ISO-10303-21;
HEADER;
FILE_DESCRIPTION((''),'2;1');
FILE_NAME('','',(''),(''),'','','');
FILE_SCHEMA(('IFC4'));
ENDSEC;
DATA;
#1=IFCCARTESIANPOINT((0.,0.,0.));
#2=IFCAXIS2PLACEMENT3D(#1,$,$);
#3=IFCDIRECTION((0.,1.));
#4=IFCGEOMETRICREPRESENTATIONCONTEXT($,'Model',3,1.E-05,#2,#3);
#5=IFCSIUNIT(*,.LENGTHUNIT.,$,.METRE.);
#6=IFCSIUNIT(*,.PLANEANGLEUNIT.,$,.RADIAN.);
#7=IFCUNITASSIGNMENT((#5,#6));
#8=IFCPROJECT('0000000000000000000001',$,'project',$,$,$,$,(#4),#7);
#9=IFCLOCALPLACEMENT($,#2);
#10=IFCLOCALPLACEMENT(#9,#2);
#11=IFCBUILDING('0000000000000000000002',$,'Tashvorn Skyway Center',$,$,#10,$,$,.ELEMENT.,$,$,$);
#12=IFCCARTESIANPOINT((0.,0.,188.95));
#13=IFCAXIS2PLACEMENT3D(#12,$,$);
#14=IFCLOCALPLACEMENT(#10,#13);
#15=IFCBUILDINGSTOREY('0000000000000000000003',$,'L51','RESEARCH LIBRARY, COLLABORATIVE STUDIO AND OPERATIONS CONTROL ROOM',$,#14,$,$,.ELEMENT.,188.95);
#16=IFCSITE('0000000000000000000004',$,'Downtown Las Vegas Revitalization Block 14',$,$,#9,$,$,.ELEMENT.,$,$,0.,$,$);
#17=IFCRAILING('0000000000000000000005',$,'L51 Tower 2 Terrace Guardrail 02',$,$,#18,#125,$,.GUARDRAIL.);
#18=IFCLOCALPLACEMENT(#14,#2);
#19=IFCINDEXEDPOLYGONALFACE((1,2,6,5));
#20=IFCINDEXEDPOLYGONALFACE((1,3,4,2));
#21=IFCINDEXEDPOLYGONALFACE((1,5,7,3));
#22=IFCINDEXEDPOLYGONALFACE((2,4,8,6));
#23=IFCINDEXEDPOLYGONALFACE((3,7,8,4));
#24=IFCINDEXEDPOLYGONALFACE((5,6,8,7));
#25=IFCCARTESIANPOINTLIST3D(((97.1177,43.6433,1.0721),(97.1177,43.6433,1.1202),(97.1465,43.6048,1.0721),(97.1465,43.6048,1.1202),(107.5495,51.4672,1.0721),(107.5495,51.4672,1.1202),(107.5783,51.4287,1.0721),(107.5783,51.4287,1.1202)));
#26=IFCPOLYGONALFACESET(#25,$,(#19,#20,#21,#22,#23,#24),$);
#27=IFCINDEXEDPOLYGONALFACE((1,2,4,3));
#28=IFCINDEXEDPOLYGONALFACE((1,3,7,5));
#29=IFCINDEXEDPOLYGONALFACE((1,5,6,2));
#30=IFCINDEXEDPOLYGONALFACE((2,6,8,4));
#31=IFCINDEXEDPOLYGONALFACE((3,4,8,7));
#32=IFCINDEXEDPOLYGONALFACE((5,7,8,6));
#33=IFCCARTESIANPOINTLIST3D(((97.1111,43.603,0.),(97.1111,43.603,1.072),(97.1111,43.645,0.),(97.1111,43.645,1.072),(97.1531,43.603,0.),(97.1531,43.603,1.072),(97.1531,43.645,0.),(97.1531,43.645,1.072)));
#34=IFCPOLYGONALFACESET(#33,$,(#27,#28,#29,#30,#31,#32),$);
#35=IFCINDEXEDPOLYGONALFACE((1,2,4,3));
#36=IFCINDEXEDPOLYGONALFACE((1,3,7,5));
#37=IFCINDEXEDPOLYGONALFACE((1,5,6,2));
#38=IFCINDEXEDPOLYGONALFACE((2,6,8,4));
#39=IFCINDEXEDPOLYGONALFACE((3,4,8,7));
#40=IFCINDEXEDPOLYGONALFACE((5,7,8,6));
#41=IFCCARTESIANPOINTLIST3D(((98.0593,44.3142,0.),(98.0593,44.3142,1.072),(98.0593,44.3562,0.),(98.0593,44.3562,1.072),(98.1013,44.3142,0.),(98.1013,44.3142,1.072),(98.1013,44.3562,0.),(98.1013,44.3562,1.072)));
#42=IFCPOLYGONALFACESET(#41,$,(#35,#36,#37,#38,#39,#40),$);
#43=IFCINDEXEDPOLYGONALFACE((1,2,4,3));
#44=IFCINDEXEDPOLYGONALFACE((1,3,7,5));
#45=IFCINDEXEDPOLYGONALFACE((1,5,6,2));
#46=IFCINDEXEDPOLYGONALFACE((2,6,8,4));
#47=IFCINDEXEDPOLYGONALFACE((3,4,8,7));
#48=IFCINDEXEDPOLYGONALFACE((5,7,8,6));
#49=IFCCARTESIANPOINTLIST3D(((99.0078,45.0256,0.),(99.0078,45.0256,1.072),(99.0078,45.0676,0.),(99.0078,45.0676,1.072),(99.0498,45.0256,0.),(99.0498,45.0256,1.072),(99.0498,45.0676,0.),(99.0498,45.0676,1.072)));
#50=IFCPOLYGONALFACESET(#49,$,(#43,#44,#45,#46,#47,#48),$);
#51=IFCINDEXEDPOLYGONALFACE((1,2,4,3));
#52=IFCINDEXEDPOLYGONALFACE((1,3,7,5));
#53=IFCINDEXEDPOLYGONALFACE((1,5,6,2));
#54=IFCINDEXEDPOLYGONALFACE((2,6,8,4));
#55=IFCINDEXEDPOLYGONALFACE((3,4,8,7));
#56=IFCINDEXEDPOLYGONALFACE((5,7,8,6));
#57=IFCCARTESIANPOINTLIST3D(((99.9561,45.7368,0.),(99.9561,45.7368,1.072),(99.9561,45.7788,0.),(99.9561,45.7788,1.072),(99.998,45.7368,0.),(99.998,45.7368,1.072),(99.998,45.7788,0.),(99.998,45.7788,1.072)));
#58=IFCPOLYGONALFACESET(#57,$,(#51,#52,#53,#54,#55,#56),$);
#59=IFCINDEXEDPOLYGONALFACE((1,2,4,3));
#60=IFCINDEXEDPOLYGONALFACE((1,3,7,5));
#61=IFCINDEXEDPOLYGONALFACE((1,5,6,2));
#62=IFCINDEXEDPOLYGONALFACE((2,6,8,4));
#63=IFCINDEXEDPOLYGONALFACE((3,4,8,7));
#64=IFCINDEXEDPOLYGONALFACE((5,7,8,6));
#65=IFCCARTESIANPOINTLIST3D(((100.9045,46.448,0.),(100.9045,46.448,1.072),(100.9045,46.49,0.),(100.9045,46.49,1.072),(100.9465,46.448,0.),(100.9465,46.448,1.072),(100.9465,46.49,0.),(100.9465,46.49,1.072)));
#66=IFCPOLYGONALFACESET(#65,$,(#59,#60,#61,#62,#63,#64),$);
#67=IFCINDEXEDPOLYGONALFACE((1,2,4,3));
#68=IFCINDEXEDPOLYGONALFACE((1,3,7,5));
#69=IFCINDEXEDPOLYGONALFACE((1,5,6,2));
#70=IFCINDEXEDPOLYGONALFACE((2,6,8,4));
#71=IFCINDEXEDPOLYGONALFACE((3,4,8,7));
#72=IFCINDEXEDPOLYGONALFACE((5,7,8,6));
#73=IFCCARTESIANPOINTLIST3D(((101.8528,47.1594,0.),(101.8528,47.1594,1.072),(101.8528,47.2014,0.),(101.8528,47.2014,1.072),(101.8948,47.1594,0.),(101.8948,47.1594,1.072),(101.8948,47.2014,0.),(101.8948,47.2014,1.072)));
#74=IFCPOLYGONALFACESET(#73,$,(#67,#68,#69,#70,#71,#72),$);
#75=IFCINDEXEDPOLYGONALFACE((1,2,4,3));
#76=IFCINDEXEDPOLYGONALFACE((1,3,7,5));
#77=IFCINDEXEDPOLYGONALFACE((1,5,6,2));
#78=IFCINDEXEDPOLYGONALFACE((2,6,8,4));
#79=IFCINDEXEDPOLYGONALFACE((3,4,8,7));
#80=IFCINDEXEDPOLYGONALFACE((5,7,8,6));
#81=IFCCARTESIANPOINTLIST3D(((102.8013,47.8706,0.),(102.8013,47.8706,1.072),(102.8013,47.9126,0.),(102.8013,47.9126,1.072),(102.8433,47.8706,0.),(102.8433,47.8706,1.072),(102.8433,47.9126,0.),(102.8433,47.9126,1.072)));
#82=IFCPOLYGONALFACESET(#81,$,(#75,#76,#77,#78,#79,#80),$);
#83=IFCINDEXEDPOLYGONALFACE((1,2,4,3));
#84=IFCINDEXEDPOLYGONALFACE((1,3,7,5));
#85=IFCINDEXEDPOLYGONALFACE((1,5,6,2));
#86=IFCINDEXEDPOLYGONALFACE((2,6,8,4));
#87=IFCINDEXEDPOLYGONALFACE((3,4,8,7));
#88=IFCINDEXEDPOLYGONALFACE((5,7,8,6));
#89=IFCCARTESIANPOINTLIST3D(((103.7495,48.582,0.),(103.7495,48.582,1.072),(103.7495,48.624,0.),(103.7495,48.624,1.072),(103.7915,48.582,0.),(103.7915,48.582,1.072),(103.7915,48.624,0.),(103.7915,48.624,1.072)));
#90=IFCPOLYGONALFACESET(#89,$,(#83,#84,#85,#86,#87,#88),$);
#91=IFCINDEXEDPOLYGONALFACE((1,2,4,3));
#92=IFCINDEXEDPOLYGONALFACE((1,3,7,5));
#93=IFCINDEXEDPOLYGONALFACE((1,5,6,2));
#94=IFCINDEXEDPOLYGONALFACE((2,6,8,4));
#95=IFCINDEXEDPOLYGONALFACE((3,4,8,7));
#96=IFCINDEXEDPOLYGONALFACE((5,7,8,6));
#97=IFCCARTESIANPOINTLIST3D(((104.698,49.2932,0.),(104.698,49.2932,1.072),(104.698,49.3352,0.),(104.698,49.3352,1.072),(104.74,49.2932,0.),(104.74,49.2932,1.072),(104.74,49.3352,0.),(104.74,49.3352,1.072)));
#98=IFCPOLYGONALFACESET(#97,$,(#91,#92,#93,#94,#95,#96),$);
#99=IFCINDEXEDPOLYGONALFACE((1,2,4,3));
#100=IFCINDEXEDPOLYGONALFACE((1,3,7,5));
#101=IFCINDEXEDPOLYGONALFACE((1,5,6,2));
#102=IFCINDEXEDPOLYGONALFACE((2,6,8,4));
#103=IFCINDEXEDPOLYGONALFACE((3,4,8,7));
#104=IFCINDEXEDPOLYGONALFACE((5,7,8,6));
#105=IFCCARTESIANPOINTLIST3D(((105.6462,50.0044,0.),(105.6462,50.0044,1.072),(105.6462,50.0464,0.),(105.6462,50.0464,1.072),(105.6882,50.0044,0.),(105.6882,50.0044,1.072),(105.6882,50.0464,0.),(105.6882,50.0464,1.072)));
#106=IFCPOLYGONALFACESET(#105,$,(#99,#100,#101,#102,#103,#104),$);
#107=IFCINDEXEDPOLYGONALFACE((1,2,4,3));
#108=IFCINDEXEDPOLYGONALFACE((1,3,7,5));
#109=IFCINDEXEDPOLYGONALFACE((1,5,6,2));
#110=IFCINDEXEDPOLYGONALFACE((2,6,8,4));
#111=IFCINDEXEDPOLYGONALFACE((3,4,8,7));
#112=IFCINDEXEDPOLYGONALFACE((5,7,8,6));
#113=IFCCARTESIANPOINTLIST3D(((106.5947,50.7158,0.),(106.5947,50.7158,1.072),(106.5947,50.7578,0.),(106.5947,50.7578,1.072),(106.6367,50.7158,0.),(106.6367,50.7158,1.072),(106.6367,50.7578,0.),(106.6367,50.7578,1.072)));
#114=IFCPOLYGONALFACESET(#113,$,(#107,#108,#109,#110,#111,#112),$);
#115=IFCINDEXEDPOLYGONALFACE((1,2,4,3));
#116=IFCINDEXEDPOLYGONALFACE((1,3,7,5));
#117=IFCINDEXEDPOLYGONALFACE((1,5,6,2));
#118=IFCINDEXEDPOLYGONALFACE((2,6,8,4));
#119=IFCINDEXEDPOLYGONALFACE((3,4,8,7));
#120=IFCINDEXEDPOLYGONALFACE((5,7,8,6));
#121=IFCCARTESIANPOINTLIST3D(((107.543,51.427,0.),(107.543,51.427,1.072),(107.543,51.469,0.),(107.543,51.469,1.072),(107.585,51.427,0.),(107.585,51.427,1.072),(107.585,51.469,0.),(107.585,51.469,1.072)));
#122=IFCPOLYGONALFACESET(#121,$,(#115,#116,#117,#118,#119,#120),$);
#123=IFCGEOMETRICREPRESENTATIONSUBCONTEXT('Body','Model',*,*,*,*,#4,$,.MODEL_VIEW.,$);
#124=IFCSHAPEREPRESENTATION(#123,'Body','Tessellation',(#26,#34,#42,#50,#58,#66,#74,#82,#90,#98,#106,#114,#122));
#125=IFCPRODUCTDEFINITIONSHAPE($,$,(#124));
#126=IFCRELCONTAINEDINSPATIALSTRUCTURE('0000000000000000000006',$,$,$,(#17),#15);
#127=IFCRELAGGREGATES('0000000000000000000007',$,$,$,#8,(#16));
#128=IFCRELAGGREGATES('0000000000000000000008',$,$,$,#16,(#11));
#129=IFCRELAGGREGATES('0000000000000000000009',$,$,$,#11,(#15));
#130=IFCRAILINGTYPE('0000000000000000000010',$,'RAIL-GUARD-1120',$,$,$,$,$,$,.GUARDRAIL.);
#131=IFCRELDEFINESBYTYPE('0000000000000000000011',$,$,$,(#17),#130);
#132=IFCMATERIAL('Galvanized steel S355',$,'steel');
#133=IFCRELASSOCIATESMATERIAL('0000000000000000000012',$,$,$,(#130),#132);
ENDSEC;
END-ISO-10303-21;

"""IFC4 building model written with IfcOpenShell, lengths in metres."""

from ifc_helpers import new_model, si_unit, direction, frame, origin, origin_2d, place, context, subcontext, project, spatial, rectangle, extrude, material, type_object, element, save


model = new_model("IFC4")

# Units and contexts
model_context = context("Model", 3, precision=1e-05, world=origin(), true_north=direction((0.0, 1.0)))
body_context = subcontext(model_context, "Body", "Model", "MODEL_VIEW")
ifc_project = project(units=[si_unit("LENGTHUNIT", "METRE"), si_unit("PLANEANGLEUNIT", "RADIAN")], contexts=[model_context])

# Site, building, storey
site_placement = place(None, origin())
site = spatial("IfcSite", under=ifc_project, at=site_placement, Name="Downtown Las Vegas Revitalization Block 14", CompositionType="ELEMENT", RefElevation=0.0)
building_placement = place(site_placement, origin())
building = spatial("IfcBuilding", under=site, at=building_placement, Name="Tashvorn Skyway Center", CompositionType="ELEMENT")
storey_placement = place(building_placement, frame((0.0, 0.0, 188.95)))
storey = spatial("IfcBuildingStorey", under=building, at=storey_placement, Name="L51", Description="RESEARCH LIBRARY, COLLABORATIVE STUDIO AND OPERATIONS CONTROL ROOM", CompositionType="ELEMENT", Elevation=188.95)

# Railing
ifc_material_1 = material(Name="Galvanized steel S355", Category="steel")
railing_type = type_object("IfcRailingType", Name="RAIL-GUARD-1120", PredefinedType="GUARDRAIL", material=ifc_material_1)
railing_placement = place(storey_placement, frame((97.1321, 43.624, 0.0)))
element("IfcRailing", 1, at=railing_placement, inside=storey, type_object=railing_type, Name="L51 Tower 2 Terrace Guardrail 02", PredefinedType="GUARDRAIL", context=body_context, shape_type="SweptSolid", body=[
    extrude(rectangle(XDim=0.0481, YDim=0.0481, at=origin_2d()), frame((0.0, 0.0, 1.0962), z_axis=(0.799998, 0.600003, 0.0), x_axis=(-0.600003, 0.799998, 0.0)), (0.0, 0.0, 1.0), 13.0398),
    extrude(rectangle(XDim=0.042, YDim=0.042, at=origin_2d()), origin(), (0.0, 0.0, 1.0), 1.072),
    extrude(rectangle(XDim=0.042, YDim=0.042, at=origin_2d()), frame((0.9482, 0.7112, 0.0)), (0.0, 0.0, 1.0), 1.072),
    extrude(rectangle(XDim=0.042, YDim=0.042, at=origin_2d()), frame((1.8967, 1.4226, 0.0)), (0.0, 0.0, 1.0), 1.072),
    extrude(rectangle(XDim=0.042, YDim=0.042, at=origin_2d()), frame((2.845, 2.1338, 0.0)), (0.0, 0.0, 1.0), 1.072),
    extrude(rectangle(XDim=0.042, YDim=0.042, at=origin_2d()), frame((3.7935, 2.845, 0.0)), (0.0, 0.0, 1.0), 1.072),
    extrude(rectangle(XDim=0.042, YDim=0.042, at=origin_2d()), frame((4.7417, 3.5564, 0.0)), (0.0, 0.0, 1.0), 1.072),
    extrude(rectangle(XDim=0.042, YDim=0.042, at=origin_2d()), frame((5.6902, 4.2676, 0.0)), (0.0, 0.0, 1.0), 1.072),
    extrude(rectangle(XDim=0.042, YDim=0.042, at=origin_2d()), frame((6.6384, 4.979, 0.0)), (0.0, 0.0, 1.0), 1.072),
    extrude(rectangle(XDim=0.042, YDim=0.042, at=origin_2d()), frame((7.5869, 5.6902, 0.0)), (0.0, 0.0, 1.0), 1.072),
    extrude(rectangle(XDim=0.042, YDim=0.042, at=origin_2d()), frame((8.5352, 6.4014, 0.0)), (0.0, 0.0, 1.0), 1.072),
    extrude(rectangle(XDim=0.042, YDim=0.042, at=origin_2d()), frame((9.4836, 7.1128, 0.0)), (0.0, 0.0, 1.0), 1.072),
    extrude(rectangle(XDim=0.042, YDim=0.042, at=origin_2d()), frame((10.4319, 7.824, 0.0)), (0.0, 0.0, 1.0), 1.072),
])

save(model, "model.ifc")
